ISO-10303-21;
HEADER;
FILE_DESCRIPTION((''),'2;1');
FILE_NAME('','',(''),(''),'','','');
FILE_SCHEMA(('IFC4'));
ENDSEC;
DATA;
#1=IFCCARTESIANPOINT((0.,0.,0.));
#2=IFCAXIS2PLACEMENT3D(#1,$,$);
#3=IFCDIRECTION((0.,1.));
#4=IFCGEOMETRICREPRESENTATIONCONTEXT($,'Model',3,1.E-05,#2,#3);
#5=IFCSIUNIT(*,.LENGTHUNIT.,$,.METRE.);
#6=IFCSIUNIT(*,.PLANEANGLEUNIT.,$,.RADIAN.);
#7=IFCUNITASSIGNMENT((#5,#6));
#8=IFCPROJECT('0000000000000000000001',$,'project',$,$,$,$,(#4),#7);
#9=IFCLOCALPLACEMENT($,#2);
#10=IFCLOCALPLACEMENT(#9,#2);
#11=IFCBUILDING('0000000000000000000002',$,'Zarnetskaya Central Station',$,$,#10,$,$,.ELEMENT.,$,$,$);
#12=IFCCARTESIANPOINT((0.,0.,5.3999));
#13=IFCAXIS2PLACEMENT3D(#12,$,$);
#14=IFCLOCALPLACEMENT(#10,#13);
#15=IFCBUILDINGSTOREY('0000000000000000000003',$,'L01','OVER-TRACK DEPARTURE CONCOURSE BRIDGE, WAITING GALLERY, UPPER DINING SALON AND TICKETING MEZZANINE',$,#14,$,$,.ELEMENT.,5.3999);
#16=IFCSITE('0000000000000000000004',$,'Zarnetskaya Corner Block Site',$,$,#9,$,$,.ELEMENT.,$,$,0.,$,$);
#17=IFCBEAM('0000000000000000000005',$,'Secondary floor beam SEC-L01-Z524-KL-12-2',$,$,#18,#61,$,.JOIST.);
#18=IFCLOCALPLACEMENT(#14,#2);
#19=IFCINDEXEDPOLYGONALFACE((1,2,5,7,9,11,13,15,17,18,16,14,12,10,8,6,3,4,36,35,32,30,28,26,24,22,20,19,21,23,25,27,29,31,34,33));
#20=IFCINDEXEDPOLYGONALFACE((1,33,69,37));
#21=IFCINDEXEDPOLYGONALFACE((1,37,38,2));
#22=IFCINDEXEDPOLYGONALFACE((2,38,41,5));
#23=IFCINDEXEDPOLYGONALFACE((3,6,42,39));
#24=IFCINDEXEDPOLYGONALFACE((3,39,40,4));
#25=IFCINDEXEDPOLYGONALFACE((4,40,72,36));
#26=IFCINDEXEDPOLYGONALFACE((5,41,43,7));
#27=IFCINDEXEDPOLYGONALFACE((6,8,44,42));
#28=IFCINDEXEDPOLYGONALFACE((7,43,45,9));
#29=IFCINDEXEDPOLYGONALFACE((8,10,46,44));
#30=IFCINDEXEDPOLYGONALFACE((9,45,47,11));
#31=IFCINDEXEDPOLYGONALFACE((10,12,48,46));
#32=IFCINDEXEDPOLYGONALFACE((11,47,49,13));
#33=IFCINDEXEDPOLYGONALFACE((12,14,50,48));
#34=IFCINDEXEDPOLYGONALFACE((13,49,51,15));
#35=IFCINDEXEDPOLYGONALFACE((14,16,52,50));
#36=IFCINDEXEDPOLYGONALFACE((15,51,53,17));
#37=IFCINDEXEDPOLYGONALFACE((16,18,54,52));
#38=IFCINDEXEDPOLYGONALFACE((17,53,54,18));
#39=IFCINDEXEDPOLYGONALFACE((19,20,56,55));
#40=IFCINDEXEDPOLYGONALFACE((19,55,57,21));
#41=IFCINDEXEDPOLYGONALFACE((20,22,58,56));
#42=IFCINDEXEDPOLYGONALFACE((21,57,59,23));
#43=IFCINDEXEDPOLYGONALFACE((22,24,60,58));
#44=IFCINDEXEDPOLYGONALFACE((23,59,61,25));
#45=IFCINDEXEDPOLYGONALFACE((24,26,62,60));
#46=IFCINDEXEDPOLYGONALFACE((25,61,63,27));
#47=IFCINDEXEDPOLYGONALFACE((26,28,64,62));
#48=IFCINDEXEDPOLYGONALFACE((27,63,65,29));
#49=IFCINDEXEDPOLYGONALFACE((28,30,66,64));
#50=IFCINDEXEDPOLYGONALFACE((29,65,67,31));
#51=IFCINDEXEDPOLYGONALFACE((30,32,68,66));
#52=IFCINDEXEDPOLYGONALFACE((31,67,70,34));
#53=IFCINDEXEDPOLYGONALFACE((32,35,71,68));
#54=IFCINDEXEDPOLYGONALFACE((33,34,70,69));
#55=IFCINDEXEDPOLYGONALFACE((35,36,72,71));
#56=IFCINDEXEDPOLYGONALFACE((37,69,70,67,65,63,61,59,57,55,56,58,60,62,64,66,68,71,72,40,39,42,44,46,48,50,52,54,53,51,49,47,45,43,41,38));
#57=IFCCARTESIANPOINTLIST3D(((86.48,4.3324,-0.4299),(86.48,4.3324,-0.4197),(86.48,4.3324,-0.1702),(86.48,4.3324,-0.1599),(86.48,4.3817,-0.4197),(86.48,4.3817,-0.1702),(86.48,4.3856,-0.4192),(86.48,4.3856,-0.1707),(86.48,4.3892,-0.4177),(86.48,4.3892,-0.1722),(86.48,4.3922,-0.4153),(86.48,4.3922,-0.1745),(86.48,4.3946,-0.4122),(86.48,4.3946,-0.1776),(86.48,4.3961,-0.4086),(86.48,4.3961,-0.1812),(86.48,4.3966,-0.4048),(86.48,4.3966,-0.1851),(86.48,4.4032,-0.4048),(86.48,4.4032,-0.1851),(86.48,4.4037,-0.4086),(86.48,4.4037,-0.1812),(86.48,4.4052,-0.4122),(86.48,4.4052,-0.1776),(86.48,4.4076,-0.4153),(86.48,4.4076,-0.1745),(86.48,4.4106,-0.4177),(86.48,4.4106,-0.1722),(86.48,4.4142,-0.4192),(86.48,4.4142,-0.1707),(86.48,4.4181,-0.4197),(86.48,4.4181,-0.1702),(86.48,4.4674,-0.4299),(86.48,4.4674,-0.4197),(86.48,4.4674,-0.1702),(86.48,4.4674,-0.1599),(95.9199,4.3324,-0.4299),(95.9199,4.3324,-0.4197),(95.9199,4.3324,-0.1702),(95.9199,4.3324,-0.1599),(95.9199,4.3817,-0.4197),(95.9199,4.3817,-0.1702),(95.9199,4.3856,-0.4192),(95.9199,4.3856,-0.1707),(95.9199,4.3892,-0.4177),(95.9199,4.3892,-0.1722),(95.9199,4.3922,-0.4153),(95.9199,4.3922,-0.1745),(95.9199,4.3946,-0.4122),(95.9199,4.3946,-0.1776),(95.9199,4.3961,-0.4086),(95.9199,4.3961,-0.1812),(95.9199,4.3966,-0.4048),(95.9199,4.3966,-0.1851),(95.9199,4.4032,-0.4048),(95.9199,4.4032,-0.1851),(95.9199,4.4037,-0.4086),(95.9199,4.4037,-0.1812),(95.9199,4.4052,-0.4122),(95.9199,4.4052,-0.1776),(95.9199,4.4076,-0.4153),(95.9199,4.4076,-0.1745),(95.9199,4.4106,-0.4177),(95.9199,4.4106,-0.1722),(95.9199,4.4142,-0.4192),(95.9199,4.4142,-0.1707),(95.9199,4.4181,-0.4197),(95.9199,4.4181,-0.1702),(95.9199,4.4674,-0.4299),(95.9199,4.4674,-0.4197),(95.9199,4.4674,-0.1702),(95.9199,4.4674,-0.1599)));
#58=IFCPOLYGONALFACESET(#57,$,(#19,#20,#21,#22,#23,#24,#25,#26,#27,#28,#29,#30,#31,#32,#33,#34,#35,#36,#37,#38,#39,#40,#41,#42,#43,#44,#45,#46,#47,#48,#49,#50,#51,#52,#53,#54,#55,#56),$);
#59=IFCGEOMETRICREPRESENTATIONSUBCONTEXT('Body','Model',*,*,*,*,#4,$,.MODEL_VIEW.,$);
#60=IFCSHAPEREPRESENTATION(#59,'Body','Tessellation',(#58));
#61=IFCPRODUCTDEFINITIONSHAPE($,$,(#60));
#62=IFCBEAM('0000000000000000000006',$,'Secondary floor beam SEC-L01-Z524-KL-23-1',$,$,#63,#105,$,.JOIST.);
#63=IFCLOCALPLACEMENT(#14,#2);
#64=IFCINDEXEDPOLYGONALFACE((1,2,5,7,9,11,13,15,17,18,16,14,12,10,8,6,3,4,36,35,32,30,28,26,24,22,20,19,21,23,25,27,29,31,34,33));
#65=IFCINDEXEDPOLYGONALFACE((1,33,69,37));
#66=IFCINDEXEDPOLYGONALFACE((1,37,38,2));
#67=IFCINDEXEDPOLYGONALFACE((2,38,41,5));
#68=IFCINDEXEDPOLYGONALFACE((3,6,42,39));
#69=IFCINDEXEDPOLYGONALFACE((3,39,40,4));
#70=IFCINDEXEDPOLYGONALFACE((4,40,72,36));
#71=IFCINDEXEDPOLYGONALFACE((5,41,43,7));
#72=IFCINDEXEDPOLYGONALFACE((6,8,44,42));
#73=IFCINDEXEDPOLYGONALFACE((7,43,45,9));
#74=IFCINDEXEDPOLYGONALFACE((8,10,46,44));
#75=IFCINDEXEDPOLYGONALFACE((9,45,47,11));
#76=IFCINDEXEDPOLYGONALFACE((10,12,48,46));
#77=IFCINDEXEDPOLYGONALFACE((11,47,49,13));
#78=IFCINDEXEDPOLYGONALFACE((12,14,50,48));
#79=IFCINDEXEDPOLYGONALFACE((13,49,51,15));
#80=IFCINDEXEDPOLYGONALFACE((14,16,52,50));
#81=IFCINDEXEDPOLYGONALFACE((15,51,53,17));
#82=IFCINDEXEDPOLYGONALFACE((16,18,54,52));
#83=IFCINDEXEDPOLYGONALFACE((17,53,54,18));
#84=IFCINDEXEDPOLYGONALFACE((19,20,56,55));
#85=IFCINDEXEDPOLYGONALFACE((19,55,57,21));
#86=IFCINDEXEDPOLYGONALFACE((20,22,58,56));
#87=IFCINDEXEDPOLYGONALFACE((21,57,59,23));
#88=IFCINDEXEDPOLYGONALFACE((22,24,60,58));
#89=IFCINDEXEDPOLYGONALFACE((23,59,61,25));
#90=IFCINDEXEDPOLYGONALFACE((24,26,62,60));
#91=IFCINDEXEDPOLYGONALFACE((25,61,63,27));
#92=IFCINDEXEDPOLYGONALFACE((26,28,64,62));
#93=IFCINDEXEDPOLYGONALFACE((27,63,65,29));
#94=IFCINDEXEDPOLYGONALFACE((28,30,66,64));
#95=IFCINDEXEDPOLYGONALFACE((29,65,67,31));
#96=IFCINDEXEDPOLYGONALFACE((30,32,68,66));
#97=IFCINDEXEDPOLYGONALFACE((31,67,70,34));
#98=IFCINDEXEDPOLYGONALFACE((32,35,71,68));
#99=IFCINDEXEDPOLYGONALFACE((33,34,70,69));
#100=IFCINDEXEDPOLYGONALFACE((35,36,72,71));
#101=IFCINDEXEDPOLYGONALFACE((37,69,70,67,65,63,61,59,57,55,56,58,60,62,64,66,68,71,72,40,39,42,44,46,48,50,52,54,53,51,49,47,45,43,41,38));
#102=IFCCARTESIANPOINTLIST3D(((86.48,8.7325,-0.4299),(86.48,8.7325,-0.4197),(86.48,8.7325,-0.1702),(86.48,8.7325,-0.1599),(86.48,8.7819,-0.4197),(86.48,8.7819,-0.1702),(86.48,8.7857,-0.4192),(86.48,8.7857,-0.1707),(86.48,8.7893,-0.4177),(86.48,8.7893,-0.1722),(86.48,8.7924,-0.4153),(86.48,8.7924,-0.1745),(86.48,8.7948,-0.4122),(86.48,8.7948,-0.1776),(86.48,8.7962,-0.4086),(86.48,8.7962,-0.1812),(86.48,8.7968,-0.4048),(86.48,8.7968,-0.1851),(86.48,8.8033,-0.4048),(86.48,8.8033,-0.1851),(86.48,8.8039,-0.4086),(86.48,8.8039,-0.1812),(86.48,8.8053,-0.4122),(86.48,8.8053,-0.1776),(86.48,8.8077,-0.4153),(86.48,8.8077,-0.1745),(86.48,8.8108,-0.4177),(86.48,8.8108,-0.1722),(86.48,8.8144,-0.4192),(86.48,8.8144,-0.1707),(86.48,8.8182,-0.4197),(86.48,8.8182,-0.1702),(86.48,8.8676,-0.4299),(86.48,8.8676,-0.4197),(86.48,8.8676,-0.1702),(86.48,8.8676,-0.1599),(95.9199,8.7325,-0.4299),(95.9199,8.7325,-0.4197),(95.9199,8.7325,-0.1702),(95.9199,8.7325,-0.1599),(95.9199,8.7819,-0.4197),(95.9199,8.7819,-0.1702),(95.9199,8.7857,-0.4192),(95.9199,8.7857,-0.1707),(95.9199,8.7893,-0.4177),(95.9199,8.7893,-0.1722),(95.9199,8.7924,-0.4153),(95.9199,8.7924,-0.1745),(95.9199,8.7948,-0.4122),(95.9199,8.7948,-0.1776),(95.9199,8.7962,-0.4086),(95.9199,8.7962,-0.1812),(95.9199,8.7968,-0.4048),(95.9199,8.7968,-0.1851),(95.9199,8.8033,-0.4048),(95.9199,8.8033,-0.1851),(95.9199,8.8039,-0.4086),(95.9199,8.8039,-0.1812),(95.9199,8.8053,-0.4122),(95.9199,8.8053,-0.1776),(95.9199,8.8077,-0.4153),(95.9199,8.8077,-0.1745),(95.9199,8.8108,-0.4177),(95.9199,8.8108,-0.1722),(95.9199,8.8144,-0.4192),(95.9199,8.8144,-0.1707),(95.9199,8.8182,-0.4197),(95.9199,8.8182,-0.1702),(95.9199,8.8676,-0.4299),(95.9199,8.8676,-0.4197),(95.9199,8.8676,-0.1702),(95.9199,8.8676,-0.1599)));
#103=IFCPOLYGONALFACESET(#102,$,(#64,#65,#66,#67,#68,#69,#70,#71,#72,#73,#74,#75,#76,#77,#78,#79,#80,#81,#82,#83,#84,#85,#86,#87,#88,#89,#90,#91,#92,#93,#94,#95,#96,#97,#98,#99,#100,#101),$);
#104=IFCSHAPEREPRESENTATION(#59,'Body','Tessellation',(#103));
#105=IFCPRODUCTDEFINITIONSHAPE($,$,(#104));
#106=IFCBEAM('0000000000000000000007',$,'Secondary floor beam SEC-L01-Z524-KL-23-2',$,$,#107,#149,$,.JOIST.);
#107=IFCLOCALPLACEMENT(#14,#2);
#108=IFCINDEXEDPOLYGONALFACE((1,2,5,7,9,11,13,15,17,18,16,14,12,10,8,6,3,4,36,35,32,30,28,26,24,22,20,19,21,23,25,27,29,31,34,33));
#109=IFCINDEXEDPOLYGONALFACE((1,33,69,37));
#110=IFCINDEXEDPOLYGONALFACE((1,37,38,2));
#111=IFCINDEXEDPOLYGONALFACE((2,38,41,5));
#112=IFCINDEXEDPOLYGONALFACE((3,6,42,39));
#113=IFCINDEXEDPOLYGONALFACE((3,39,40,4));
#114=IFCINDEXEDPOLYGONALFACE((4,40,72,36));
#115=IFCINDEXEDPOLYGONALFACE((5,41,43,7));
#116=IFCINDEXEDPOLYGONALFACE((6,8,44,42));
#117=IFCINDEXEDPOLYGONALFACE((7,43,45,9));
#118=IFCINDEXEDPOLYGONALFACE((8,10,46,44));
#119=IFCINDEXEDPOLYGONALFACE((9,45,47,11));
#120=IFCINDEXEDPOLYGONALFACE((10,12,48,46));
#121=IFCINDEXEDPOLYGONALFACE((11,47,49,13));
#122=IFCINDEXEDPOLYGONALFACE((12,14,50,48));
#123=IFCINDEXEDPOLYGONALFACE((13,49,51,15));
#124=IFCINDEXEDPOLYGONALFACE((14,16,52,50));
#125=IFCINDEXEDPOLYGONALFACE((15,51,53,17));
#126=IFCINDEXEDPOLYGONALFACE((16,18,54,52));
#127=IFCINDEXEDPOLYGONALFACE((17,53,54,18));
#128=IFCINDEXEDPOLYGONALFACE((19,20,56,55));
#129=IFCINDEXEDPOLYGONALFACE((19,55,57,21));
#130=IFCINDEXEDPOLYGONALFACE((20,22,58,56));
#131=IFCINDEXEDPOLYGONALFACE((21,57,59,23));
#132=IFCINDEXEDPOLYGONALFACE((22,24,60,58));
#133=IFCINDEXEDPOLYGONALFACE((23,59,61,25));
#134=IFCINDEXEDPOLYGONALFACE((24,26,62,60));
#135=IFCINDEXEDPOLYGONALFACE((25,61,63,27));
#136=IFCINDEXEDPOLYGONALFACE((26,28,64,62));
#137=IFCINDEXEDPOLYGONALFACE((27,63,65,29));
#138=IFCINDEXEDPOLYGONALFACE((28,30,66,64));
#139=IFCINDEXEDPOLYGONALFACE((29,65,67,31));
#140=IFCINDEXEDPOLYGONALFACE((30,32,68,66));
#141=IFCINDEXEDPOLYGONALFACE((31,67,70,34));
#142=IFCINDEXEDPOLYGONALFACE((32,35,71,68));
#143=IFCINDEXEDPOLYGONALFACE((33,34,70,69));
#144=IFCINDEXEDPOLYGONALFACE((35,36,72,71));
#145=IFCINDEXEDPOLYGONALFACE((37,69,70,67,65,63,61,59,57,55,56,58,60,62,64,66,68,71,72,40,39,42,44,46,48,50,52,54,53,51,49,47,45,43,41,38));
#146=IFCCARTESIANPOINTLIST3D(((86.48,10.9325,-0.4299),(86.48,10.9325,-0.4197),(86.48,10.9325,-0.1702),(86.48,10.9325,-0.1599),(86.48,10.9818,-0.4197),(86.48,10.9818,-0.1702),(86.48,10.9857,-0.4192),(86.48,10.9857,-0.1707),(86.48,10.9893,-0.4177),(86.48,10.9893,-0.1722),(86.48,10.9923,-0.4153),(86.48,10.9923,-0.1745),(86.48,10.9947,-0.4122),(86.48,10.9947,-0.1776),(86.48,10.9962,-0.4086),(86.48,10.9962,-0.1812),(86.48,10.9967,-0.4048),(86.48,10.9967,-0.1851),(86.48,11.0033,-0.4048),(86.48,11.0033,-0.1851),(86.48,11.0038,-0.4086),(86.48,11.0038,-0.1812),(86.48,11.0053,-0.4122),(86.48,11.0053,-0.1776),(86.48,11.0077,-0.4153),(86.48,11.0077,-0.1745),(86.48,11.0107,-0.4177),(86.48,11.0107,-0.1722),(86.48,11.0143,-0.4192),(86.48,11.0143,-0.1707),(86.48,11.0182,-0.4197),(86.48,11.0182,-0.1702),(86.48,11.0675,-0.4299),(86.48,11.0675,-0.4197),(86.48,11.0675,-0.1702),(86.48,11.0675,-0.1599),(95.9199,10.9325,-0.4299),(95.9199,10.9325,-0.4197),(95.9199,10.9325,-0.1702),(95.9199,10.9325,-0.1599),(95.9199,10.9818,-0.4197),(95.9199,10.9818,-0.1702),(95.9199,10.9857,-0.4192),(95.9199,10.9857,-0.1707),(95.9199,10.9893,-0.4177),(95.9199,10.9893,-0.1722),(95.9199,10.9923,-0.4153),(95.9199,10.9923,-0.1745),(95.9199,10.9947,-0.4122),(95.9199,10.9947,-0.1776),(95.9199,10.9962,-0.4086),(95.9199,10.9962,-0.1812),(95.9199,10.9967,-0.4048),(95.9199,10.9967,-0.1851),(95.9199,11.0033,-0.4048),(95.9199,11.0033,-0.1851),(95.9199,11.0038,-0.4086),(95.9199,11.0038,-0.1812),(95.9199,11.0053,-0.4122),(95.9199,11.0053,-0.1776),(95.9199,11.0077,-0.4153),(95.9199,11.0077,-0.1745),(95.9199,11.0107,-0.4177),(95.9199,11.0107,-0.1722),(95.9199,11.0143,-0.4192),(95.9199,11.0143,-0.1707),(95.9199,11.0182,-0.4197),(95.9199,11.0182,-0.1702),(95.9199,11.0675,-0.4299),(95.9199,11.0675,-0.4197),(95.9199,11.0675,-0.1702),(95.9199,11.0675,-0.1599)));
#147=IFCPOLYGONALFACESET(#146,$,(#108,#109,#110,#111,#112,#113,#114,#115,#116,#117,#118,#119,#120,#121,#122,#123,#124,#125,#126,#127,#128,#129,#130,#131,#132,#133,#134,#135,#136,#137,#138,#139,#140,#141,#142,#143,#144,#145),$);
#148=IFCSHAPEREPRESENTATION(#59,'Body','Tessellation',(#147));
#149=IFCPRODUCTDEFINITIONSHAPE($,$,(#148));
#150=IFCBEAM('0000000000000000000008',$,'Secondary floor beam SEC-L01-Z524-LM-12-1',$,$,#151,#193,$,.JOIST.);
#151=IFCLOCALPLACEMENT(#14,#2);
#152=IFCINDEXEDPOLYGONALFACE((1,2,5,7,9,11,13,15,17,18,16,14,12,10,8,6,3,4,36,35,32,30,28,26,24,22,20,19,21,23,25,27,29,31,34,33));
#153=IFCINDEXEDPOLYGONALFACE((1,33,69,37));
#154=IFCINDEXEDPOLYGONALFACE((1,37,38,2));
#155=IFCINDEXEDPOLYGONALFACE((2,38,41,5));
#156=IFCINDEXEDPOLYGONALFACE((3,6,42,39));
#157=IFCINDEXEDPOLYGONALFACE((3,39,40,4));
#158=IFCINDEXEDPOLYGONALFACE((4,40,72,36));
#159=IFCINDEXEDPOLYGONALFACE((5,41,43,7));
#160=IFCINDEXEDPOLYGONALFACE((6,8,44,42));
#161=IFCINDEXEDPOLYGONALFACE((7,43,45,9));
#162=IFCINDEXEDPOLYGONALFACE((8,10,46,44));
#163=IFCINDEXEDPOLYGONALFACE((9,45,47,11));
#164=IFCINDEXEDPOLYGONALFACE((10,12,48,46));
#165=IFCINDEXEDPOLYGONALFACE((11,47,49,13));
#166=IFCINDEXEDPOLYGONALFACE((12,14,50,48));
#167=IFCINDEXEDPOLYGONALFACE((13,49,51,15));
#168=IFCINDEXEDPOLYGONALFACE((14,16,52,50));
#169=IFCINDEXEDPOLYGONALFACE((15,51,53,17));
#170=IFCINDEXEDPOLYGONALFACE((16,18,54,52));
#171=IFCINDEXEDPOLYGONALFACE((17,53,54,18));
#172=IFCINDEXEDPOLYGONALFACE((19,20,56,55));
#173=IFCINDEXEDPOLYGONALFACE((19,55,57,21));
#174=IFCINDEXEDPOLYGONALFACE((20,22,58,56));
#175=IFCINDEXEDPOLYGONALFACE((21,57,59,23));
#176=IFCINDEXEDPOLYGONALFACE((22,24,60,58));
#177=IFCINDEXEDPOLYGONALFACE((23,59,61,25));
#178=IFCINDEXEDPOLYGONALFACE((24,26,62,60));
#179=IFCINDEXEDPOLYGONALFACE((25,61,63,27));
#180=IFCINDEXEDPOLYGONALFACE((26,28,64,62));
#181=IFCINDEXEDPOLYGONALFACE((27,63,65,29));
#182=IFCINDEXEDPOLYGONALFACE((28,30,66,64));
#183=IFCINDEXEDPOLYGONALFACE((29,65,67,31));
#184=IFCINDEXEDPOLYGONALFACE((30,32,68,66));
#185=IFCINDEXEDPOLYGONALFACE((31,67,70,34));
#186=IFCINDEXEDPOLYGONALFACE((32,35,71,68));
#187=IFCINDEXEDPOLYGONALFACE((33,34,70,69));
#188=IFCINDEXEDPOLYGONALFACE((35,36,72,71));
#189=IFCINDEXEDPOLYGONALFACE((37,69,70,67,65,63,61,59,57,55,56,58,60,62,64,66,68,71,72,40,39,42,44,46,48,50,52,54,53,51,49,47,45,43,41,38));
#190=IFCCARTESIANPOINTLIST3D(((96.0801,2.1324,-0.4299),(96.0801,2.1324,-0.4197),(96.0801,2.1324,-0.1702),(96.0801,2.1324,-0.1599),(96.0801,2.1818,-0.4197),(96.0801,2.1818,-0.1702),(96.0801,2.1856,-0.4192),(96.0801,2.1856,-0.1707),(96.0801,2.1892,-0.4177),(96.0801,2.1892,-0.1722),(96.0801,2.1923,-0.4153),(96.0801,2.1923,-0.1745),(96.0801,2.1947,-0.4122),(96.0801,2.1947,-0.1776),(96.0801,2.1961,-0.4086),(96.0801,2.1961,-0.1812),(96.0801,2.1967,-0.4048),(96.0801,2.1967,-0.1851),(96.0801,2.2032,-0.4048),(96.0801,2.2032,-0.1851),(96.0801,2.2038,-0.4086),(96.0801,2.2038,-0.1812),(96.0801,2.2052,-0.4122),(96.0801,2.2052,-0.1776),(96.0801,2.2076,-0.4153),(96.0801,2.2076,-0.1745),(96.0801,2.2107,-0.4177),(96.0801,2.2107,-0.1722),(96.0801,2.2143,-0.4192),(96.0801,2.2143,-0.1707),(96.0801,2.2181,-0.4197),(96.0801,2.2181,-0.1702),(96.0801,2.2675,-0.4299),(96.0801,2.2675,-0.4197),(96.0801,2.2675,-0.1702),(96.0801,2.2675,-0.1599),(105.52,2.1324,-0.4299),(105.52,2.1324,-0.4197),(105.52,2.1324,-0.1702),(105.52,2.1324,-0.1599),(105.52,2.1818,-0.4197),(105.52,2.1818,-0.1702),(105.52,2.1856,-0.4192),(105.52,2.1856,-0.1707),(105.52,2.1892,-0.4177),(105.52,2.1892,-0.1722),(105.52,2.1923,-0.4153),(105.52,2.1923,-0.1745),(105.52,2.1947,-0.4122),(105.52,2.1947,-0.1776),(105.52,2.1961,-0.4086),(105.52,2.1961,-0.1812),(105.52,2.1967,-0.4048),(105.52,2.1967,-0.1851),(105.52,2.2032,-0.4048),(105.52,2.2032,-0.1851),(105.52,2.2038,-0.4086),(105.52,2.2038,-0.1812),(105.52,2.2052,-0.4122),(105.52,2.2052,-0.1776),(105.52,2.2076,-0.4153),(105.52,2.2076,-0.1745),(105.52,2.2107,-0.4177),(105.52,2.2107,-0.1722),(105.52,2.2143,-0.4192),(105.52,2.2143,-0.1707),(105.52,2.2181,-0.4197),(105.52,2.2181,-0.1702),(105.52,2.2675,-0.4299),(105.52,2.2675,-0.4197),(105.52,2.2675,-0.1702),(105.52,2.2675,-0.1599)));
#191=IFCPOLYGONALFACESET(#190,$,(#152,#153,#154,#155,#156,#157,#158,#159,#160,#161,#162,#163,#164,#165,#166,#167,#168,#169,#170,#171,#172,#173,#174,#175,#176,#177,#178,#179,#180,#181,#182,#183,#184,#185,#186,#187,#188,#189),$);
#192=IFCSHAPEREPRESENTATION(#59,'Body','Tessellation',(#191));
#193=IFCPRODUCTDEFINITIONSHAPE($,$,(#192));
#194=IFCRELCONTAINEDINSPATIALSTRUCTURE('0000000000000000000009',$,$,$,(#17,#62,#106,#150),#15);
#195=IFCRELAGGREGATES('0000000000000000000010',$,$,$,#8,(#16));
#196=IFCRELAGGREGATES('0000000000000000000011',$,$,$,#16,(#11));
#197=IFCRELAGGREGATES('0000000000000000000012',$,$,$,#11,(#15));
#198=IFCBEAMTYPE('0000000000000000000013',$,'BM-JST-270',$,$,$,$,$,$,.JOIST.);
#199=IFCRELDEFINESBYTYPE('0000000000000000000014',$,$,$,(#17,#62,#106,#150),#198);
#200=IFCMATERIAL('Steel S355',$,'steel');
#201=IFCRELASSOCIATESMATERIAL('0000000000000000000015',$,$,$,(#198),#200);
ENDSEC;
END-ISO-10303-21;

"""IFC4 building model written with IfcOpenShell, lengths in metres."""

from ifc_helpers import new_model, si_unit, direction, frame, origin, origin_2d, place, context, subcontext, project, spatial, i_section, extrude, material, material_profile, profile_set, type_object, element, save


model = new_model("IFC4")

# Units and contexts
model_context = context("Model", 3, precision=1e-05, world=origin(), true_north=direction((0.0, 1.0)))
body_context = subcontext(model_context, "Body", "Model", "MODEL_VIEW")
ifc_project = project(units=[si_unit("LENGTHUNIT", "METRE"), si_unit("PLANEANGLEUNIT", "RADIAN")], contexts=[model_context])

# Site, building, storey
site_placement = place(None, origin())
site = spatial("IfcSite", under=ifc_project, at=site_placement, Name="Zarnetskaya Corner Block Site", CompositionType="ELEMENT", RefElevation=0.0)
building_placement = place(site_placement, origin())
building = spatial("IfcBuilding", under=site, at=building_placement, Name="Zarnetskaya Central Station", CompositionType="ELEMENT")
storey_placement = place(building_placement, frame((0.0, 0.0, 5.3999)))
storey = spatial("IfcBuildingStorey", under=building, at=storey_placement, Name="L01", Description="OVER-TRACK DEPARTURE CONCOURSE BRIDGE, WAITING GALLERY, UPPER DINING SALON AND TICKETING MEZZANINE", CompositionType="ELEMENT", Elevation=5.3999)

# Beams
ifc_material_1 = material(Name="Steel S355", Category="steel")
ifc_material_profile_1 = material_profile(ifc_material_1, i_section(OverallWidth=0.135, OverallDepth=0.27, WebThickness=0.0066, FlangeThickness=0.0103, FilletRadius=0.0149, at=origin_2d()), Name="IPE 270")
ifc_profile_set_1 = profile_set([ifc_material_profile_1], Name="Steel S355")
beam_type_1 = type_object("IfcBeamType", Name="BM-JST-270", PredefinedType="JOIST", material=ifc_profile_set_1)
for number, where, z_axis, x_axis, name in (
    (1, (86.48, 4.3999, -0.2949), (1.0, 0.0, 0.0), (0.0, 1.0, 0.0), "Secondary floor beam SEC-L01-Z524-KL-12-2"),
    (2, (86.48, 8.8, -0.2949), (1.0, 0.0, 0.0), (0.0, 1.0, 0.0), "Secondary floor beam SEC-L01-Z524-KL-23-1"),
    (3, (86.48, 11.0, -0.2949), (1.0, 0.0, 0.0), (0.0, 1.0, 0.0), "Secondary floor beam SEC-L01-Z524-KL-23-2"),
    (4, (96.0801, 2.2, -0.2949), (1.0, 0.0, 0.0), (0.0, 1.0, 0.0), "Secondary floor beam SEC-L01-Z524-LM-12-1"),
):
    element("IfcBeam", number, at=place(storey_placement, frame(where, z_axis=z_axis, x_axis=x_axis)), inside=storey, type_object=beam_type_1, Name=name, PredefinedType="JOIST", context=body_context, shape_type="SweptSolid", body=[
        extrude(i_section(OverallWidth=0.135, OverallDepth=0.27, WebThickness=0.0066, FlangeThickness=0.0103, FilletRadius=0.0149, at=origin_2d()), origin(), (0.0, 0.0, 1.0), 9.4399),
    ])

save(model, "model.ifc")
